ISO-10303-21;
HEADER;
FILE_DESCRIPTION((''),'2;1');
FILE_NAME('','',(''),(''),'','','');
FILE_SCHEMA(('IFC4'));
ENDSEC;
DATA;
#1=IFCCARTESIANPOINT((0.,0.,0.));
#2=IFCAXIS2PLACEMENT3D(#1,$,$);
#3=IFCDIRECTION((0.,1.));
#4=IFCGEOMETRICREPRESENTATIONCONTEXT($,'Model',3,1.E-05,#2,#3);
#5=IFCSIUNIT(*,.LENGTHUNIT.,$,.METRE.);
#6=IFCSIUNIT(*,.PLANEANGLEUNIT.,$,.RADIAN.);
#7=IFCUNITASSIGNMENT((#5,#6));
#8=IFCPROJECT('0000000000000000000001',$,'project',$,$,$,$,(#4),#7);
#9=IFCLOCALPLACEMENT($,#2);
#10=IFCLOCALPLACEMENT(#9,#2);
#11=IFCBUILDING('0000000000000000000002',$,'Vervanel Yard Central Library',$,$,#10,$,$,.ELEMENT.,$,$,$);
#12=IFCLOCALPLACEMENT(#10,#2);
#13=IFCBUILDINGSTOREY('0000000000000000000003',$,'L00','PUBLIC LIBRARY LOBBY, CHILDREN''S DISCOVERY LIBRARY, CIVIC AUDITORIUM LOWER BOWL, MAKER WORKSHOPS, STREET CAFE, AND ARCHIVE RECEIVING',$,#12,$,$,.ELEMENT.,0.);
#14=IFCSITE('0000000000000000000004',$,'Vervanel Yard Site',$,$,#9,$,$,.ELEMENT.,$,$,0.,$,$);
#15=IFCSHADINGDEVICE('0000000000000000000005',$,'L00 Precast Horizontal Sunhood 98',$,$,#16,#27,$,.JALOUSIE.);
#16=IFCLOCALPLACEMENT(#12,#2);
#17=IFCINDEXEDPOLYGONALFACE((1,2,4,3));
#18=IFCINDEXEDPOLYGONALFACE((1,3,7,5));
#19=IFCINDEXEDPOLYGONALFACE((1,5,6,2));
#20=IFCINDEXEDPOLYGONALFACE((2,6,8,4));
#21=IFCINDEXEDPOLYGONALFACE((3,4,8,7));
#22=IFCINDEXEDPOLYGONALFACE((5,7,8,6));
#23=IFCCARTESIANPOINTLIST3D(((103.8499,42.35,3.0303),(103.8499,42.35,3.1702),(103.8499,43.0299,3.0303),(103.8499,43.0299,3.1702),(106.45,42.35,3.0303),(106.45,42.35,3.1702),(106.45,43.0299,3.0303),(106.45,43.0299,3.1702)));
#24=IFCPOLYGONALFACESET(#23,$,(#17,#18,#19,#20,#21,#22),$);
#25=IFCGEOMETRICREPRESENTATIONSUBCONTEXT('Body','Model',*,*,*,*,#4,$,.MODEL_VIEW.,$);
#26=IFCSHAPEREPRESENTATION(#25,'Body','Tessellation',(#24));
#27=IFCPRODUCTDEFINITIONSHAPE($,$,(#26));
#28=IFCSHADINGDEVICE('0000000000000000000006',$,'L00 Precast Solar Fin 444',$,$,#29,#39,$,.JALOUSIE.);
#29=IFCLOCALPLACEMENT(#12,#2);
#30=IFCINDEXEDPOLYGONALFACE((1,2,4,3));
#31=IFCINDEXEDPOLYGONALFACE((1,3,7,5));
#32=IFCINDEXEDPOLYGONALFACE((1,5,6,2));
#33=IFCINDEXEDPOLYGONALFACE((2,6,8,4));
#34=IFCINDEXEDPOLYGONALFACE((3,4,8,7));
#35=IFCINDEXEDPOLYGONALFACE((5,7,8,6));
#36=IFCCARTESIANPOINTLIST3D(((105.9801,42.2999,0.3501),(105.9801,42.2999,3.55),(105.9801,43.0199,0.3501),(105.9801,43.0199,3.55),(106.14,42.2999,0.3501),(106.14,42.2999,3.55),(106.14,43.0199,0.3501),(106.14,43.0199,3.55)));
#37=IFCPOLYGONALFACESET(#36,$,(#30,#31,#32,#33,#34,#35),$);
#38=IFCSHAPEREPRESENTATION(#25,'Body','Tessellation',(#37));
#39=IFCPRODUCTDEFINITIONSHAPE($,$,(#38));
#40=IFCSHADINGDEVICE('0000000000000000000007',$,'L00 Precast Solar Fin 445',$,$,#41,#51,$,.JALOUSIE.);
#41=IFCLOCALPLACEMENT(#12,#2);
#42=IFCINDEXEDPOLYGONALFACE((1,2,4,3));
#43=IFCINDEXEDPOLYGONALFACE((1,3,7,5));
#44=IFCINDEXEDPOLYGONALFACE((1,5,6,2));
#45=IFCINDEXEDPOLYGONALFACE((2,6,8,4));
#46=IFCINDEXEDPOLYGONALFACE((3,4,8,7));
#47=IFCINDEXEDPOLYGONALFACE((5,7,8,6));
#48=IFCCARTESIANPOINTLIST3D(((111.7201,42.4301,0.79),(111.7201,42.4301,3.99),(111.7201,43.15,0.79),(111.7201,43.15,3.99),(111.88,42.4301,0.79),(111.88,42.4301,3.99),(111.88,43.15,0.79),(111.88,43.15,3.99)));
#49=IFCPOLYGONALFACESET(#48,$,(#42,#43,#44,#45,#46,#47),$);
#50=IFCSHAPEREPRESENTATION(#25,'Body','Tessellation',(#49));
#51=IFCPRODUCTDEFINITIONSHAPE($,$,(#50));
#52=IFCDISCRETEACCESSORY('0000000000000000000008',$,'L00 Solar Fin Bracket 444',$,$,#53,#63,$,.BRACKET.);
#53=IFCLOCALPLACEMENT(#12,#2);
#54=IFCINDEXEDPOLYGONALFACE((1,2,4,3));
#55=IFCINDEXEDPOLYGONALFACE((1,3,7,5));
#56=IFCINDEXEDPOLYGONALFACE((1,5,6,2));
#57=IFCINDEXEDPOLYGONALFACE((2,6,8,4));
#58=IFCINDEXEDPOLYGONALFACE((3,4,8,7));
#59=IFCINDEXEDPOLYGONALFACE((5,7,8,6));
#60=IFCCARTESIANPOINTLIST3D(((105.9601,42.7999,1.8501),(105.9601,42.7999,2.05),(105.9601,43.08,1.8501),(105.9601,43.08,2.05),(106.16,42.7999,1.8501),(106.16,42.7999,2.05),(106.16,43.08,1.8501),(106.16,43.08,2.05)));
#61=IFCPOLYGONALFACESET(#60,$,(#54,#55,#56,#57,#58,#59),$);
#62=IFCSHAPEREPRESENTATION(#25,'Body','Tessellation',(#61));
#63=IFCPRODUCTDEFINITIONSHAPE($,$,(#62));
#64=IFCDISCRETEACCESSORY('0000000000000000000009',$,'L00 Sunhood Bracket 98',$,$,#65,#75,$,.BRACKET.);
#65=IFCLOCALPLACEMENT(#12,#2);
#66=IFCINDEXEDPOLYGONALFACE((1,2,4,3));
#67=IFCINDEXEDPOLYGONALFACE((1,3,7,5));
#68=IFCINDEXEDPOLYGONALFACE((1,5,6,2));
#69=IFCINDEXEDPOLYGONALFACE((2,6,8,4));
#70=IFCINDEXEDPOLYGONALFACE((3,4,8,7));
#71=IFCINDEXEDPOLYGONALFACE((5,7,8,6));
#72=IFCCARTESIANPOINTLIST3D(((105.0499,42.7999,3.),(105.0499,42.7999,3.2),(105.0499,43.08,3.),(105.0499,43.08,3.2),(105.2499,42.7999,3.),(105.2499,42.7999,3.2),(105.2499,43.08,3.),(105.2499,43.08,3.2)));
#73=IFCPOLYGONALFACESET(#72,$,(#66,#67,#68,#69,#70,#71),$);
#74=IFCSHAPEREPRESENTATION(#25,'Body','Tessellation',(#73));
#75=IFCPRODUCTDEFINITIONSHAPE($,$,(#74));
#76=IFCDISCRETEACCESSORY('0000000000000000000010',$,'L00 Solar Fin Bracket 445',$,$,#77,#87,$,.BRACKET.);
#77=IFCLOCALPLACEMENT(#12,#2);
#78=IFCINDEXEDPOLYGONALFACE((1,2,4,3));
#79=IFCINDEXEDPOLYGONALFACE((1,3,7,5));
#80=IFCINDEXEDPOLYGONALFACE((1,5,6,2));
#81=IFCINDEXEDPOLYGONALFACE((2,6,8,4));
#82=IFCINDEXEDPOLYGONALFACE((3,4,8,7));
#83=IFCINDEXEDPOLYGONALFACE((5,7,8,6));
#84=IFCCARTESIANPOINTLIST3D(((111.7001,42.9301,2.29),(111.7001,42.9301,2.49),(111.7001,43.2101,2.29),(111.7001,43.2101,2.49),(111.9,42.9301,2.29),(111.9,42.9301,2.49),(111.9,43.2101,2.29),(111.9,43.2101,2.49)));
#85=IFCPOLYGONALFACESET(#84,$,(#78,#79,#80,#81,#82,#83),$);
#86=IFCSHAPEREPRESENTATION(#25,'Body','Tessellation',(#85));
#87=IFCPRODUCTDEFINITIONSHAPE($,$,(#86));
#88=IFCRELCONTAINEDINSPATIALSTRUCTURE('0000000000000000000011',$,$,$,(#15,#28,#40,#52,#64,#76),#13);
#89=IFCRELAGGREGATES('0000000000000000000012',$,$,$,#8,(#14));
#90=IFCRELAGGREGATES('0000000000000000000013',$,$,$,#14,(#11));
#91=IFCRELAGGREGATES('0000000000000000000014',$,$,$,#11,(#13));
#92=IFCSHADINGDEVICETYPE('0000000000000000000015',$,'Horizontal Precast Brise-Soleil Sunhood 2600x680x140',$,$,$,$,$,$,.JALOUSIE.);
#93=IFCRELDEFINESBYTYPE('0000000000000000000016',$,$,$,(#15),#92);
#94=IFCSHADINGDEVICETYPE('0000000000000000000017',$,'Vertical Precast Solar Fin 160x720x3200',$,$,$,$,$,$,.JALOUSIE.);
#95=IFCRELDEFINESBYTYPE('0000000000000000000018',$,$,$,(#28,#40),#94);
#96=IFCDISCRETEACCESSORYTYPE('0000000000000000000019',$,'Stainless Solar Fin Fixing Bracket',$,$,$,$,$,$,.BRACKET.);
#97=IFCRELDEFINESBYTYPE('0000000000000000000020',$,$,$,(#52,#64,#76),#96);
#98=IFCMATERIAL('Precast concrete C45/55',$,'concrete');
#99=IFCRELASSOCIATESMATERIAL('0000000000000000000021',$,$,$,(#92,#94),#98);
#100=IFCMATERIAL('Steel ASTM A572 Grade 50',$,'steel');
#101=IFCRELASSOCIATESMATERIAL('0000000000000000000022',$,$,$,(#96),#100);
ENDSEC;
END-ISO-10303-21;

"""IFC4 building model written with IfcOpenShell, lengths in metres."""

from ifc_helpers import new_model, si_unit, direction, frame, origin, origin_2d, place, context, subcontext, project, spatial, rectangle, extrude, material, type_object, element, save


model = new_model("IFC4")

# Units and contexts
model_context = context("Model", 3, precision=1e-05, world=origin(), true_north=direction((0.0, 1.0)))
body_context = subcontext(model_context, "Body", "Model", "MODEL_VIEW")
ifc_project = project(units=[si_unit("LENGTHUNIT", "METRE"), si_unit("PLANEANGLEUNIT", "RADIAN")], contexts=[model_context])

# Site, building, storey
site_placement = place(None, origin())
site = spatial("IfcSite", under=ifc_project, at=site_placement, Name="Vervanel Yard Site", CompositionType="ELEMENT", RefElevation=0.0)
building_placement = place(site_placement, origin())
building = spatial("IfcBuilding", under=site, at=building_placement, Name="Vervanel Yard Central Library", CompositionType="ELEMENT")
storey_placement = place(building_placement, origin())
storey = spatial("IfcBuildingStorey", under=building, at=storey_placement, Name="L00", Description="PUBLIC LIBRARY LOBBY, CHILDREN'S DISCOVERY LIBRARY, CIVIC AUDITORIUM LOWER BOWL, MAKER WORKSHOPS, STREET CAFE, AND ARCHIVE RECEIVING", CompositionType="ELEMENT", Elevation=0.0)

# Shared definitions
ifc_material_1 = material(Name="Precast concrete C45/55", Category="concrete")

# Shading devices
shading_device_type_1 = type_object("IfcShadingDeviceType", Name="Horizontal Precast Brise-Soleil Sunhood 2600x680x140", PredefinedType="JALOUSIE", material=ifc_material_1)
shading_device_placement = place(storey_placement, frame((105.1499, 42.6899, 3.0303), z_axis=(0.0, 0.0, 1.0), x_axis=(1.0, 0.0, 0.0)))
element("IfcShadingDevice", 1, at=shading_device_placement, inside=storey, type_object=shading_device_type_1, Name="L00 Precast Horizontal Sunhood 98", PredefinedType="JALOUSIE", context=body_context, shape_type="SweptSolid", body=[
    extrude(rectangle(XDim=2.6001, YDim=0.6799, at=origin_2d()), origin(), (0.0, 0.0, 1.0), 0.1399),
])
shading_device_type_2 = type_object("IfcShadingDeviceType", Name="Vertical Precast Solar Fin 160x720x3200", PredefinedType="JALOUSIE", material=ifc_material_1)
for number, where, z_axis, x_axis, name in (
    (2, (106.0601, 42.6599, 0.3501), (0.0, 0.0, 1.0), (1.0, 0.0, 0.0), "L00 Precast Solar Fin 444"),
    (3, (111.8, 42.79, 0.79), (0.0, 0.0, 1.0), (1.0, 0.0, 0.0), "L00 Precast Solar Fin 445"),
):
    element("IfcShadingDevice", number, at=place(storey_placement, frame(where, z_axis=z_axis, x_axis=x_axis)), inside=storey, type_object=shading_device_type_2, Name=name, PredefinedType="JALOUSIE", context=body_context, shape_type="SweptSolid", body=[
        extrude(rectangle(XDim=0.1599, YDim=0.72, at=origin_2d()), origin(), (0.0, 0.0, 1.0), 3.2),
    ])

# Discrete accessories
ifc_material_2 = material(Name="Steel ASTM A572 Grade 50", Category="steel")
discrete_accessory_type = type_object("IfcDiscreteAccessoryType", Name="Stainless Solar Fin Fixing Bracket", PredefinedType="BRACKET", material=ifc_material_2)
for number, where, z_axis, x_axis, name in (
    (4, (106.0601, 42.9399, 1.8501), (0.0, 0.0, 1.0), (1.0, 0.0, 0.0), "L00 Solar Fin Bracket 444"),
    (5, (105.1499, 42.9399, 3.0), (0.0, 0.0, 1.0), (1.0, 0.0, 0.0), "L00 Sunhood Bracket 98"),
    (6, (111.8, 43.0701, 2.29), (0.0, 0.0, 1.0), (1.0, 0.0, 0.0), "L00 Solar Fin Bracket 445"),
):
    element("IfcDiscreteAccessory", number, at=place(storey_placement, frame(where, z_axis=z_axis, x_axis=x_axis)), inside=storey, type_object=discrete_accessory_type, Name=name, PredefinedType="BRACKET", context=body_context, shape_type="SweptSolid", body=[
        extrude(rectangle(XDim=0.2, YDim=0.28, at=origin_2d()), origin(), (0.0, 0.0, 1.0), 0.2),
    ])

save(model, "model.ifc")
